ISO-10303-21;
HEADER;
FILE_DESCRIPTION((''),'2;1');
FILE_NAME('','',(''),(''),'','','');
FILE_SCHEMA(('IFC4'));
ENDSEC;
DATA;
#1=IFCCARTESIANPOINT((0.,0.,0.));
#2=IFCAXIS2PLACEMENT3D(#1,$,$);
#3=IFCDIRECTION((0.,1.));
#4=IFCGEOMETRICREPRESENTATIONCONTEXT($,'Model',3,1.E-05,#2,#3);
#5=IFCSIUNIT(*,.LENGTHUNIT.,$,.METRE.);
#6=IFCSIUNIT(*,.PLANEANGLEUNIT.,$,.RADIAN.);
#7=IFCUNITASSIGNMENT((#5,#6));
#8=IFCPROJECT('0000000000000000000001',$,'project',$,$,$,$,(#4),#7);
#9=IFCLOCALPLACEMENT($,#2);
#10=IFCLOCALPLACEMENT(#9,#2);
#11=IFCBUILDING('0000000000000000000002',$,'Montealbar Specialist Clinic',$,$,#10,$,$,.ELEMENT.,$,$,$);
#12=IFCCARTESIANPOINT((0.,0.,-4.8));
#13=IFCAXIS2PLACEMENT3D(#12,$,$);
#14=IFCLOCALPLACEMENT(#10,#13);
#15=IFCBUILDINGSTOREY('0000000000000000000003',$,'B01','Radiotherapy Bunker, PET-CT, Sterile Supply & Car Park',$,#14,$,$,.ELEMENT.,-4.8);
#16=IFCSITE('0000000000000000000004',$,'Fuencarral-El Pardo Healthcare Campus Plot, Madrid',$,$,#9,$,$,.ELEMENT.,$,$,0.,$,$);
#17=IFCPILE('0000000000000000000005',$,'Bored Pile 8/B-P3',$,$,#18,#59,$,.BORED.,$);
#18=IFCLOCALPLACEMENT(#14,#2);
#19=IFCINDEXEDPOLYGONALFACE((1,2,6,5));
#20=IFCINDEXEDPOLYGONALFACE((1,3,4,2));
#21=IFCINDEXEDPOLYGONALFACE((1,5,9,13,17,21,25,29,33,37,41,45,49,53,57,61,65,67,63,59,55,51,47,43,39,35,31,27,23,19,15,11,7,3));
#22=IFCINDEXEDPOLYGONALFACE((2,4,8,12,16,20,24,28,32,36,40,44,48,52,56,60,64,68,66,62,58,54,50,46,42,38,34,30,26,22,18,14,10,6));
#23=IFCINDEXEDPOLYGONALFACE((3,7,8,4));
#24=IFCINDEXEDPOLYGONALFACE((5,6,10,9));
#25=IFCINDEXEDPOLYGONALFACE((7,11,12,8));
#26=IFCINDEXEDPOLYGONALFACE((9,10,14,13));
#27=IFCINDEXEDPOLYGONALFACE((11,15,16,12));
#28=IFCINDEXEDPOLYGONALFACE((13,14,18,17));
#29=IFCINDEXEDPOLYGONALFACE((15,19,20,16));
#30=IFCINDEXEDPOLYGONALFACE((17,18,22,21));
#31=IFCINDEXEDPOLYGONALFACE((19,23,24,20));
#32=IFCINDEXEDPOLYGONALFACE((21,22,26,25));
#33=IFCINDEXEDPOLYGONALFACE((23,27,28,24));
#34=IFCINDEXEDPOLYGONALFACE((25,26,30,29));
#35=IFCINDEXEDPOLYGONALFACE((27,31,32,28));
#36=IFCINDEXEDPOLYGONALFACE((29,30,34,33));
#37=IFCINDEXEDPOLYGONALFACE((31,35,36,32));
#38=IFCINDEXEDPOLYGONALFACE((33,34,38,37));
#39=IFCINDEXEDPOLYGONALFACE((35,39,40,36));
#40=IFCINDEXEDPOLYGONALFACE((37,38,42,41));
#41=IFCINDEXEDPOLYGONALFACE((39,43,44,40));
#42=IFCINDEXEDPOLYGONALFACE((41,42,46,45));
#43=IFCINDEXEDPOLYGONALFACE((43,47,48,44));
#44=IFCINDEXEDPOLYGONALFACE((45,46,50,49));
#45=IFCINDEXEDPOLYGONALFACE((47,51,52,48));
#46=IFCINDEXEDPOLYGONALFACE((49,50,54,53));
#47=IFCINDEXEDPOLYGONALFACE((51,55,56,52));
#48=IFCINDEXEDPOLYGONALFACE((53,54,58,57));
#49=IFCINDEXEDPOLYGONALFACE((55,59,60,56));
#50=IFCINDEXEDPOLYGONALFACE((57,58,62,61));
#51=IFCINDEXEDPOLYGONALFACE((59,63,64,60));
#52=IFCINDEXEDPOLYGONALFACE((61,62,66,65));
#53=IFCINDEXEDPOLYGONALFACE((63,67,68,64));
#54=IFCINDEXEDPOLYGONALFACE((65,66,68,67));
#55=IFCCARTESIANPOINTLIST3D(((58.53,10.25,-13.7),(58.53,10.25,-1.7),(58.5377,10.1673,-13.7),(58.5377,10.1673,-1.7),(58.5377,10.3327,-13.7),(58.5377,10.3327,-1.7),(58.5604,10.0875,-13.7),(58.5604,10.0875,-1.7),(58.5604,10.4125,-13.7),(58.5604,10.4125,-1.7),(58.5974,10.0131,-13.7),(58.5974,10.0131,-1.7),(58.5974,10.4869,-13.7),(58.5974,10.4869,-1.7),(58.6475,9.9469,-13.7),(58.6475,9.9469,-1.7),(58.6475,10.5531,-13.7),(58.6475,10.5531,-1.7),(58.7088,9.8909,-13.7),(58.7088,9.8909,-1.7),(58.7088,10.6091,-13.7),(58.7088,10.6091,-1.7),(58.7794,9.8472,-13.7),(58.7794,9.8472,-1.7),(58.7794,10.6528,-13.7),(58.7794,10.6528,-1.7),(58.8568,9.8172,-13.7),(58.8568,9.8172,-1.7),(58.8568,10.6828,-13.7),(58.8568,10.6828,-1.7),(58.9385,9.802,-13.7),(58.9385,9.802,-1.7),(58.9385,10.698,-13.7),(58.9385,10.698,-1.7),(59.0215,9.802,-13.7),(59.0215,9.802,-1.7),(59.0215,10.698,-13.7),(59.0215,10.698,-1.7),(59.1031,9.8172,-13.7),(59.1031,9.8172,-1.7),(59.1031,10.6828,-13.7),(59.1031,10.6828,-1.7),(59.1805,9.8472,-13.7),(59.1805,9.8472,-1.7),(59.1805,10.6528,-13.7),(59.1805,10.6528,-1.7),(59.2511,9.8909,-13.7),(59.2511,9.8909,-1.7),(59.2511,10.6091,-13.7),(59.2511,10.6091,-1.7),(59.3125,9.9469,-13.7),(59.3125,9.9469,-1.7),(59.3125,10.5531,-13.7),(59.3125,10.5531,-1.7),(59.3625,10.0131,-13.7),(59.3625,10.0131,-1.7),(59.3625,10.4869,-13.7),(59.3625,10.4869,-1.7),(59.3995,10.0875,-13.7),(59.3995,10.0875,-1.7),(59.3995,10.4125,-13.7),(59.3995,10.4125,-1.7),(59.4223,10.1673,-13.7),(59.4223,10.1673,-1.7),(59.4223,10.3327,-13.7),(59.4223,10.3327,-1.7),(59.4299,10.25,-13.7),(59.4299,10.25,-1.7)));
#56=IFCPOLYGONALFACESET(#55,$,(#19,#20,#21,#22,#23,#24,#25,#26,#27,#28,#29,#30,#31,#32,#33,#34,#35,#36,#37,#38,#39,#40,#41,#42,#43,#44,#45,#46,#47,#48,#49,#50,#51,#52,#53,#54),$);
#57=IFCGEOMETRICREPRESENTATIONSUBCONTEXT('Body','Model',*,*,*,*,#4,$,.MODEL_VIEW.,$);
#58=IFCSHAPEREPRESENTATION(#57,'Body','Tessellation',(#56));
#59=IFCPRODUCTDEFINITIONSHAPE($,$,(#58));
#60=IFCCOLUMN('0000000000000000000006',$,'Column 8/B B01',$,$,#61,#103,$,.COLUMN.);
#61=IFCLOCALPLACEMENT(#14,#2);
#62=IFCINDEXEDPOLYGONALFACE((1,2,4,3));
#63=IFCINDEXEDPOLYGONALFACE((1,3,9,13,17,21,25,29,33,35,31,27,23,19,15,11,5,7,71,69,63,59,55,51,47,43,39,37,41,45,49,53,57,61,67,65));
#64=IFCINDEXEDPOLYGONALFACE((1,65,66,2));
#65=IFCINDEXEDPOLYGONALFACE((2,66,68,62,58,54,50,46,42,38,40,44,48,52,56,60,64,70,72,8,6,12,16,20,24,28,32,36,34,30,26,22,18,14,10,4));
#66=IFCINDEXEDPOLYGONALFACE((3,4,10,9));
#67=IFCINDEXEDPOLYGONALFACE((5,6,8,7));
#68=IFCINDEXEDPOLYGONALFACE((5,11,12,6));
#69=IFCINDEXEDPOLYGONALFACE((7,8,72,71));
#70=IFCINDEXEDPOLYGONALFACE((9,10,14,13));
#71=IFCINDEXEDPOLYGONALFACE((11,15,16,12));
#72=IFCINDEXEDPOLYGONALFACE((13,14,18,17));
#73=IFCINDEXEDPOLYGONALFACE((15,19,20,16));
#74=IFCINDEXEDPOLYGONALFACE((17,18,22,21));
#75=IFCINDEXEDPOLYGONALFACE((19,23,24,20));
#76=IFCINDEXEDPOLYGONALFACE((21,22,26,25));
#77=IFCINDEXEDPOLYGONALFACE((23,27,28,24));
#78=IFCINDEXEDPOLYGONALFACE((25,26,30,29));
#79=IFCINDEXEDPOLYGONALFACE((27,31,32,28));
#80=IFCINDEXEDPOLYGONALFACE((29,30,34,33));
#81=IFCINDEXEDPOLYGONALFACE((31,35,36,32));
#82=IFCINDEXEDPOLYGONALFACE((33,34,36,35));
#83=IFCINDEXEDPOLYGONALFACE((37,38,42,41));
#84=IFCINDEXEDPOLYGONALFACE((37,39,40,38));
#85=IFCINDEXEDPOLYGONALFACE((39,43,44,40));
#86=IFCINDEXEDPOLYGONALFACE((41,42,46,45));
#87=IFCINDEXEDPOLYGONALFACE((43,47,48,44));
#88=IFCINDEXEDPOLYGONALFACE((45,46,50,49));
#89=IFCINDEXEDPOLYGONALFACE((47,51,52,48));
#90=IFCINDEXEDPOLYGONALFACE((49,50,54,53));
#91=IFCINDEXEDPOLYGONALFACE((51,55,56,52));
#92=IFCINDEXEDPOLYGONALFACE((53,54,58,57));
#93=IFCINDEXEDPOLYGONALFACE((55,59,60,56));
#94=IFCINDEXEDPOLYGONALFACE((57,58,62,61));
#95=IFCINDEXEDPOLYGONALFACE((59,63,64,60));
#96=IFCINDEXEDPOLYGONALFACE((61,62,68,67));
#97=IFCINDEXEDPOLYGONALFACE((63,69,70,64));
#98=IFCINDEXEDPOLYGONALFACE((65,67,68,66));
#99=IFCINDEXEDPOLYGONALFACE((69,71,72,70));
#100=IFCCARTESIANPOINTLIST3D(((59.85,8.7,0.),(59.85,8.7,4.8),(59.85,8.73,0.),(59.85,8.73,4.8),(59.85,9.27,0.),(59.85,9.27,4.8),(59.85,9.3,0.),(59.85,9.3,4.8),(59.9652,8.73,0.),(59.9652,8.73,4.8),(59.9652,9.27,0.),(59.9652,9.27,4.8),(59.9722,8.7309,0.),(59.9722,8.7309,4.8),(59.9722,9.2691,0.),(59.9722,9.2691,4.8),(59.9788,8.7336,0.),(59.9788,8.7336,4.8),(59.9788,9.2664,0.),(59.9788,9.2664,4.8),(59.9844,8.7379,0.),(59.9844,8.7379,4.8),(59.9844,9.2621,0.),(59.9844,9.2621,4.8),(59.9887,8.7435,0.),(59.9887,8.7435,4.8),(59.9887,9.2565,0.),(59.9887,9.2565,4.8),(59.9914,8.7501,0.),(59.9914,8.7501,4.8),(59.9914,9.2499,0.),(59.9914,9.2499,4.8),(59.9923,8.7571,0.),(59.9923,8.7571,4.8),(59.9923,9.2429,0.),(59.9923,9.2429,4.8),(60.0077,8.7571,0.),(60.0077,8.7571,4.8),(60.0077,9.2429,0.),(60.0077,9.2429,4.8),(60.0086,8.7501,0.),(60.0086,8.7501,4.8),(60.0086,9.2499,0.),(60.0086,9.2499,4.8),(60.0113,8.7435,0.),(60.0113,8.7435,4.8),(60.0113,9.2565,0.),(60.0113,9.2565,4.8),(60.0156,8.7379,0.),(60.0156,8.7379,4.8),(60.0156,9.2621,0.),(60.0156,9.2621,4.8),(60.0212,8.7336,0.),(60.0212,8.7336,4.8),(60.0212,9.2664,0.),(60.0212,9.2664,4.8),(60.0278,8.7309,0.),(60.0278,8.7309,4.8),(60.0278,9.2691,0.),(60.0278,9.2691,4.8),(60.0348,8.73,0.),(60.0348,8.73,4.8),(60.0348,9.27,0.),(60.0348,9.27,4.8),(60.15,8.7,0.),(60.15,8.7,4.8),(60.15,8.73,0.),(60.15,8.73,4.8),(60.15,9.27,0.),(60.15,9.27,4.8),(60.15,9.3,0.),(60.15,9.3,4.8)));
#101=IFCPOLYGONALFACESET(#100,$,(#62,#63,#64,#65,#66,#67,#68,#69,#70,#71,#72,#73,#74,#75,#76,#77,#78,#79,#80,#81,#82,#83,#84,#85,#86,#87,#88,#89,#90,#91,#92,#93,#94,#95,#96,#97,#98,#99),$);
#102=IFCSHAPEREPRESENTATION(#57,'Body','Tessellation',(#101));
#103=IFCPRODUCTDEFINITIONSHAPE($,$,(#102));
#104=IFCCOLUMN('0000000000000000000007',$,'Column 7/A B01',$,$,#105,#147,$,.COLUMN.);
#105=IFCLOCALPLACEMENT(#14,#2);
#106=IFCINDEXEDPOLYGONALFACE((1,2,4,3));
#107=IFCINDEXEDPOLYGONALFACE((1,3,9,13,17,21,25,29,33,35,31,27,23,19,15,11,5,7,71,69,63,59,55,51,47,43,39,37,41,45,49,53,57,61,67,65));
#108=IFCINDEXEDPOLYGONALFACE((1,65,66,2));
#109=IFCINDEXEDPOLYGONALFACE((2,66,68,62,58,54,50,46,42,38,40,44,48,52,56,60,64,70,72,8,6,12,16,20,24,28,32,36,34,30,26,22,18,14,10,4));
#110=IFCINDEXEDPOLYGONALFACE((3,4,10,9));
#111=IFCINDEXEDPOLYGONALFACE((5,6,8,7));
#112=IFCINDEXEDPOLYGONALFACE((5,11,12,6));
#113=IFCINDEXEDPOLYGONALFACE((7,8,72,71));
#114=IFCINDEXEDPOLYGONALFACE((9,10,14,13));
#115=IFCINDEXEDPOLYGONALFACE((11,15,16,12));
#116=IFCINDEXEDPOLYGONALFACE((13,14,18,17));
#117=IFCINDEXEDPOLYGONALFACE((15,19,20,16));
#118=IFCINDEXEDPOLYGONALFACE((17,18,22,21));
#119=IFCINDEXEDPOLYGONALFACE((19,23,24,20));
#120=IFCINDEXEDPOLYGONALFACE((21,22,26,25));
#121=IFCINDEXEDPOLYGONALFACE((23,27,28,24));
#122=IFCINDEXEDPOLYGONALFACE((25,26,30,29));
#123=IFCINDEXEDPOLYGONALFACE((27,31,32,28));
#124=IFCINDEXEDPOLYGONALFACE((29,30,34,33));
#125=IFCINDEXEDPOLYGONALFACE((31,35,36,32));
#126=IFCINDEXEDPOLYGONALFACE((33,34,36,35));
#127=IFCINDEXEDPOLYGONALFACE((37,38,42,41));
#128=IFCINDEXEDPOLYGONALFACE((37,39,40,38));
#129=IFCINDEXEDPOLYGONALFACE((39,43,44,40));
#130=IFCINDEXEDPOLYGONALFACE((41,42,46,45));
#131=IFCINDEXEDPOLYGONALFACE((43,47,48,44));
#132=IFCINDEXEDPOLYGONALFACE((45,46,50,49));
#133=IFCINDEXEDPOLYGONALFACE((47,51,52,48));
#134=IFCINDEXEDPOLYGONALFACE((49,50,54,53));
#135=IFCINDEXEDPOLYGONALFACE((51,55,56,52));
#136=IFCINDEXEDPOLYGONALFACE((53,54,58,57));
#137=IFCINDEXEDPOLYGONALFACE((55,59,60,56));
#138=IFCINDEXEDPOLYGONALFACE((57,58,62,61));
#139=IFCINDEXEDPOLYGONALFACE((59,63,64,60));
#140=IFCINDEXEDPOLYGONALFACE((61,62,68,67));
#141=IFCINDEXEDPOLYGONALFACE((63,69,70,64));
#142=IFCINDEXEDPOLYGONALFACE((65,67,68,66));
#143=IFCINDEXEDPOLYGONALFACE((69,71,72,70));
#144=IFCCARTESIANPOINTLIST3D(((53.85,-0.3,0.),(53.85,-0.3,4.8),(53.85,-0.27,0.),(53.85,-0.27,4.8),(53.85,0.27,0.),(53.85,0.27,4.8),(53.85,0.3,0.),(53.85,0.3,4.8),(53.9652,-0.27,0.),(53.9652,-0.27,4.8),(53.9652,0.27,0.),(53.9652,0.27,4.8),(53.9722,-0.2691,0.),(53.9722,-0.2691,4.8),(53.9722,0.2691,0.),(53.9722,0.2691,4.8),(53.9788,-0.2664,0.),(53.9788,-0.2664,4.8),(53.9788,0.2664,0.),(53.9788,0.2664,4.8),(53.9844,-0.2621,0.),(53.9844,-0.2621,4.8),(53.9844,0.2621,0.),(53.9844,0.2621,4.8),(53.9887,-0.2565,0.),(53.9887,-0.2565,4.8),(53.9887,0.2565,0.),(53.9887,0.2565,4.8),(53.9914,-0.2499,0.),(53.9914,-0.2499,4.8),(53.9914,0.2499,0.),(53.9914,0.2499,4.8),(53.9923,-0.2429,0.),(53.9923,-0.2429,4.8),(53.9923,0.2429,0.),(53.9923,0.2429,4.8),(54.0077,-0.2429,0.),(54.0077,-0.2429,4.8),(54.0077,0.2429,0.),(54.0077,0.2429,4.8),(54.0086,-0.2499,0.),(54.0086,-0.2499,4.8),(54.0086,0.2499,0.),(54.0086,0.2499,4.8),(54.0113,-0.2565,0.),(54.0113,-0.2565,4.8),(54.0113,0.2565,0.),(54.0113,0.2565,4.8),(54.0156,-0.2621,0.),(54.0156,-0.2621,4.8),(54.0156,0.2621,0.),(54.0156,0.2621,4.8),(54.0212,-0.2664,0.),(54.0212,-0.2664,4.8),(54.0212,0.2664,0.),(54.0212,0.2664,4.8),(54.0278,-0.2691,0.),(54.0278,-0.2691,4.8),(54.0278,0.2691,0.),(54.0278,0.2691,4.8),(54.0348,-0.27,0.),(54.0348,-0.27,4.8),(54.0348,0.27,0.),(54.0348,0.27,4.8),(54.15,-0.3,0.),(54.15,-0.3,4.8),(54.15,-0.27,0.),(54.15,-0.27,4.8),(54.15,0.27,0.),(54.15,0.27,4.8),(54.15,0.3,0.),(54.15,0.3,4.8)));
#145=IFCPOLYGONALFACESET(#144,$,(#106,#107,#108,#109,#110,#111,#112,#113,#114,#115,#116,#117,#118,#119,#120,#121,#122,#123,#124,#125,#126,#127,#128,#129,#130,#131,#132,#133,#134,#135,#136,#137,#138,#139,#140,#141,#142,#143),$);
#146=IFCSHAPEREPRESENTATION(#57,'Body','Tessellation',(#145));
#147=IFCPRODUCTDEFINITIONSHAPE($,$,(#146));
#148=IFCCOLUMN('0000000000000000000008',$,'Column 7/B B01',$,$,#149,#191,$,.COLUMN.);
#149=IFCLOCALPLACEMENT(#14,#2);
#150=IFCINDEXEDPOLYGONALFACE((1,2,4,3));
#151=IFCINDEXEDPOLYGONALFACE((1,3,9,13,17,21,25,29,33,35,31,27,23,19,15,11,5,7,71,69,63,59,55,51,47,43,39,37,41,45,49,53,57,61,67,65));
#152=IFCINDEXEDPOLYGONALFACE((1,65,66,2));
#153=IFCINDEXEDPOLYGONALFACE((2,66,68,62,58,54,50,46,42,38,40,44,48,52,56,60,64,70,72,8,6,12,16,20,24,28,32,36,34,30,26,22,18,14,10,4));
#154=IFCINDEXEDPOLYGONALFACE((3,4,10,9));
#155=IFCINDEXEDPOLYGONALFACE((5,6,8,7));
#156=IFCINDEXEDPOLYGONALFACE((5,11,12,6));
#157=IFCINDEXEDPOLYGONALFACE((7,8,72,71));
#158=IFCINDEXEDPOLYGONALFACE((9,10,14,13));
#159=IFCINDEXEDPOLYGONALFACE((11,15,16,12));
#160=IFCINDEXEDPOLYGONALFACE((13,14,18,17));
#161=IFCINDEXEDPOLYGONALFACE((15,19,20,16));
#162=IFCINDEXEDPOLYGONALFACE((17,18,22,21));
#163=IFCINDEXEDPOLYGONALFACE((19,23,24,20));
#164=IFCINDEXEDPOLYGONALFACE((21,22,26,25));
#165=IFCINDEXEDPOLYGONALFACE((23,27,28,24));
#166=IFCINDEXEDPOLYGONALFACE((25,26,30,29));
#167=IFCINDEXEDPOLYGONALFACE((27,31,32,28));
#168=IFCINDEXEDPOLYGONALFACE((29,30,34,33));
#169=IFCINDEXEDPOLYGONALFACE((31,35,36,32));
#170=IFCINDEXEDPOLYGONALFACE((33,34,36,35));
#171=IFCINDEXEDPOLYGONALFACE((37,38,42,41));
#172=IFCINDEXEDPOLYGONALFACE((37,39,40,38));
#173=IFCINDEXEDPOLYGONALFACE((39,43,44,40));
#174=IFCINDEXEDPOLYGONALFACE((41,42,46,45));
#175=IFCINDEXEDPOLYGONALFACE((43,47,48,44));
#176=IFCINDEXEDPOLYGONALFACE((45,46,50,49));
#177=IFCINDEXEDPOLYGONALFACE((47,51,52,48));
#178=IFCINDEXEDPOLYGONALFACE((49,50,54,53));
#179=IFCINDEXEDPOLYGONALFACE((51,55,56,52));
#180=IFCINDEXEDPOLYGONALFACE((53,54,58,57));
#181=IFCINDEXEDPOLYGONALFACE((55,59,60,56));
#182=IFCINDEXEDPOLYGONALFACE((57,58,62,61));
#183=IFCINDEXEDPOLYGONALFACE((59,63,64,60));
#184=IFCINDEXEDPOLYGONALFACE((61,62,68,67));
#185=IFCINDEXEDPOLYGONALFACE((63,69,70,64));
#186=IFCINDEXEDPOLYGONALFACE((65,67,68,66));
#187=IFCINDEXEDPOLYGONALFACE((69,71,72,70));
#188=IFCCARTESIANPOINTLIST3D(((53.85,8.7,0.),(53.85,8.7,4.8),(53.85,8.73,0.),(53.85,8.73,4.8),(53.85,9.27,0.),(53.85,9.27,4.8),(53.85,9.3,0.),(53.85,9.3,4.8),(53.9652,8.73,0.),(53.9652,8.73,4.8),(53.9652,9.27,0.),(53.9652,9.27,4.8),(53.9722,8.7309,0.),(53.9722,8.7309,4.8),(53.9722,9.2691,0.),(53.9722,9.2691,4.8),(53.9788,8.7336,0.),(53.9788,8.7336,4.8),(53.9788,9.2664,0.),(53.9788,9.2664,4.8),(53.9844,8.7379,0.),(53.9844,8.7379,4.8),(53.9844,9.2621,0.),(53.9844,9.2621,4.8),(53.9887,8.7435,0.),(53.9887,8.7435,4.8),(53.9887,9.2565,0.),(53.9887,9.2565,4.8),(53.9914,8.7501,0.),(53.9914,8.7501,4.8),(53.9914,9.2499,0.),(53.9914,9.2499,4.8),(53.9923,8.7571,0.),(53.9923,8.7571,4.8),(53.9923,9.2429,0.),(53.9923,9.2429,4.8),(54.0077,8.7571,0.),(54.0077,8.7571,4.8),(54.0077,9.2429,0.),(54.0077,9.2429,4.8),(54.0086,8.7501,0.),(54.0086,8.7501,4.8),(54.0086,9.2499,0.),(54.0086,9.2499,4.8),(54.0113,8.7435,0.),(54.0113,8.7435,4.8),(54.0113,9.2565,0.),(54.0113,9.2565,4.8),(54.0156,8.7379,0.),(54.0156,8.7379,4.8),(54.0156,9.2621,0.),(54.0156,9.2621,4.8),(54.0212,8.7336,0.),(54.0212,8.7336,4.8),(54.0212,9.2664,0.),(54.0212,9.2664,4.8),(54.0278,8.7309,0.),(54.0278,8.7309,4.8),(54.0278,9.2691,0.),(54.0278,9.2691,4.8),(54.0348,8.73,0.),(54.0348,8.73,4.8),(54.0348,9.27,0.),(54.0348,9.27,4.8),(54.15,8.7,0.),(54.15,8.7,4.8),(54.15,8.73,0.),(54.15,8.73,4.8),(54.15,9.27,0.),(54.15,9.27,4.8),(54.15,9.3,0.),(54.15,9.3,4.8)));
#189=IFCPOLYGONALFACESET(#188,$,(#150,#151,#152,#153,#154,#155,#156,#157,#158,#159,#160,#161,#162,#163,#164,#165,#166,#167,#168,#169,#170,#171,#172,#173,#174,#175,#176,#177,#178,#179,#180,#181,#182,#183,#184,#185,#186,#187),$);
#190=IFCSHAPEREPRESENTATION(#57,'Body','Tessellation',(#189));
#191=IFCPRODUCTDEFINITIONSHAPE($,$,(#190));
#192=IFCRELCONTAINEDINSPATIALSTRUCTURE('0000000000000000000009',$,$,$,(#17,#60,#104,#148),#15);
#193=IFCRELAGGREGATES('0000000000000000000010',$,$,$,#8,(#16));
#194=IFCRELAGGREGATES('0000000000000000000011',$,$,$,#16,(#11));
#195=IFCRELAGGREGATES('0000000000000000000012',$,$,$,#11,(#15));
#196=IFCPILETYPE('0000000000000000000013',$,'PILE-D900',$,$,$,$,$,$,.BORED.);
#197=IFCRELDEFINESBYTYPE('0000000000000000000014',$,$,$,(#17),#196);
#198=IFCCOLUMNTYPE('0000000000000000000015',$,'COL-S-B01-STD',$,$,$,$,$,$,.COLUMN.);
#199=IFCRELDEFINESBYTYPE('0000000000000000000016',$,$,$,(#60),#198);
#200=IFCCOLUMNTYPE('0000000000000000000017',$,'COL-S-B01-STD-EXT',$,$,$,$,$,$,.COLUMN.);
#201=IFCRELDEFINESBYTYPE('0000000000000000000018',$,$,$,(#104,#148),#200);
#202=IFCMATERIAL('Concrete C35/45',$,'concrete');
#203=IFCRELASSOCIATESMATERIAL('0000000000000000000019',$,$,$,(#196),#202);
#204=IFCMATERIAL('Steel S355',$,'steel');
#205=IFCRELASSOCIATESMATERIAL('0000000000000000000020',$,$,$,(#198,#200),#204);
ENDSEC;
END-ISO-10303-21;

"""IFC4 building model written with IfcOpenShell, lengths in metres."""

from ifc_helpers import new_model, si_unit, direction, frame, origin, origin_2d, place, context, subcontext, project, spatial, circle, i_section, extrude, material, material_profile, profile_set, type_object, element, save


model = new_model("IFC4")

# Units and contexts
model_context = context("Model", 3, precision=1e-05, world=origin(), true_north=direction((0.0, 1.0)))
body_context = subcontext(model_context, "Body", "Model", "MODEL_VIEW")
ifc_project = project(units=[si_unit("LENGTHUNIT", "METRE"), si_unit("PLANEANGLEUNIT", "RADIAN")], contexts=[model_context])

# Site, building, storey
site_placement = place(None, origin())
site = spatial("IfcSite", under=ifc_project, at=site_placement, Name="Fuencarral-El Pardo Healthcare Campus Plot, Madrid", CompositionType="ELEMENT", RefElevation=0.0)
building_placement = place(site_placement, origin())
building = spatial("IfcBuilding", under=site, at=building_placement, Name="Montealbar Specialist Clinic", CompositionType="ELEMENT")
storey_placement = place(building_placement, frame((0.0, 0.0, -4.8)))
storey = spatial("IfcBuildingStorey", under=building, at=storey_placement, Name="B01", Description="Radiotherapy Bunker, PET-CT, Sterile Supply & Car Park", CompositionType="ELEMENT", Elevation=-4.8)

# Shared definitions
ifc_material_1 = material(Name="Concrete C35/45", Category="concrete")

# Pile
ifc_material_profile_1 = material_profile(ifc_material_1, circle(Radius=0.45, at=origin_2d()), Name="PILE D900", Category="concrete")
ifc_profile_set_1 = profile_set([ifc_material_profile_1], Name="Concrete C35/45")
pile_type = type_object("IfcPileType", Name="PILE-D900", PredefinedType="BORED", material=ifc_profile_set_1)
for number, where, z_axis, x_axis, name in (
    (1, (58.98, 10.25, -1.7), (0.0, 0.0, -1.0), (1.0, 0.0, 0.0), "Bored Pile 8/B-P3"),
):
    element("IfcPile", number, at=place(storey_placement, frame(where, z_axis=z_axis, x_axis=x_axis)), inside=storey, type_object=pile_type, Name=name, PredefinedType="BORED", context=body_context, shape_type="SweptSolid", body=[
        extrude(circle(Radius=0.45, at=origin_2d()), origin(), (0.0, 0.0, 1.0), 12.0),
    ])

# Columns
ifc_material_2 = material(Name="Steel S355", Category="steel")
ifc_material_profile_2 = material_profile(ifc_material_2, i_section(OverallWidth=0.3, OverallDepth=0.6001, WebThickness=0.0154, FlangeThickness=0.03, FilletRadius=0.0271, at=origin_2d()), Name="HEB 600", Category="steel")
ifc_profile_set_2 = profile_set([ifc_material_profile_2], Name="Steel S355")
column_type_1 = type_object("IfcColumnType", Name="COL-S-B01-STD", PredefinedType="COLUMN", material=ifc_profile_set_2)
column_1_placement = place(storey_placement, frame((60.0, 9.0, 0.0), z_axis=(0.0, 0.0, 1.0), x_axis=(1.0, 0.0, 0.0)))
element("IfcColumn", 2, at=column_1_placement, inside=storey, type_object=column_type_1, Name="Column 8/B B01", PredefinedType="COLUMN", context=body_context, shape_type="SweptSolid", body=[
    extrude(i_section(OverallWidth=0.3, OverallDepth=0.6001, WebThickness=0.0154, FlangeThickness=0.03, FilletRadius=0.0271, at=origin_2d()), origin(), (0.0, 0.0, 1.0), 4.8),
])
ifc_material_profile_3 = material_profile(ifc_material_2, i_section(OverallWidth=0.3, OverallDepth=0.6001, WebThickness=0.0154, FlangeThickness=0.03, FilletRadius=0.0271, at=origin_2d()), Name="HEB 600", Category="steel")
ifc_profile_set_3 = profile_set([ifc_material_profile_3], Name="Steel S355")
column_type_2 = type_object("IfcColumnType", Name="COL-S-B01-STD-EXT", PredefinedType="COLUMN", material=ifc_profile_set_3)
for number, where, z_axis, x_axis, name in (
    (3, (54.0, 0.0, 0.0), (0.0, 0.0, 1.0), (1.0, 0.0, 0.0), "Column 7/A B01"),
    (4, (54.0, 9.0, 0.0), (0.0, 0.0, 1.0), (1.0, 0.0, 0.0), "Column 7/B B01"),
):
    element("IfcColumn", number, at=place(storey_placement, frame(where, z_axis=z_axis, x_axis=x_axis)), inside=storey, type_object=column_type_2, Name=name, PredefinedType="COLUMN", context=body_context, shape_type="SweptSolid", body=[
        extrude(i_section(OverallWidth=0.3, OverallDepth=0.6001, WebThickness=0.0154, FlangeThickness=0.03, FilletRadius=0.0271, at=origin_2d()), origin(), (0.0, 0.0, 1.0), 4.8),
    ])

save(model, "model.ifc")
